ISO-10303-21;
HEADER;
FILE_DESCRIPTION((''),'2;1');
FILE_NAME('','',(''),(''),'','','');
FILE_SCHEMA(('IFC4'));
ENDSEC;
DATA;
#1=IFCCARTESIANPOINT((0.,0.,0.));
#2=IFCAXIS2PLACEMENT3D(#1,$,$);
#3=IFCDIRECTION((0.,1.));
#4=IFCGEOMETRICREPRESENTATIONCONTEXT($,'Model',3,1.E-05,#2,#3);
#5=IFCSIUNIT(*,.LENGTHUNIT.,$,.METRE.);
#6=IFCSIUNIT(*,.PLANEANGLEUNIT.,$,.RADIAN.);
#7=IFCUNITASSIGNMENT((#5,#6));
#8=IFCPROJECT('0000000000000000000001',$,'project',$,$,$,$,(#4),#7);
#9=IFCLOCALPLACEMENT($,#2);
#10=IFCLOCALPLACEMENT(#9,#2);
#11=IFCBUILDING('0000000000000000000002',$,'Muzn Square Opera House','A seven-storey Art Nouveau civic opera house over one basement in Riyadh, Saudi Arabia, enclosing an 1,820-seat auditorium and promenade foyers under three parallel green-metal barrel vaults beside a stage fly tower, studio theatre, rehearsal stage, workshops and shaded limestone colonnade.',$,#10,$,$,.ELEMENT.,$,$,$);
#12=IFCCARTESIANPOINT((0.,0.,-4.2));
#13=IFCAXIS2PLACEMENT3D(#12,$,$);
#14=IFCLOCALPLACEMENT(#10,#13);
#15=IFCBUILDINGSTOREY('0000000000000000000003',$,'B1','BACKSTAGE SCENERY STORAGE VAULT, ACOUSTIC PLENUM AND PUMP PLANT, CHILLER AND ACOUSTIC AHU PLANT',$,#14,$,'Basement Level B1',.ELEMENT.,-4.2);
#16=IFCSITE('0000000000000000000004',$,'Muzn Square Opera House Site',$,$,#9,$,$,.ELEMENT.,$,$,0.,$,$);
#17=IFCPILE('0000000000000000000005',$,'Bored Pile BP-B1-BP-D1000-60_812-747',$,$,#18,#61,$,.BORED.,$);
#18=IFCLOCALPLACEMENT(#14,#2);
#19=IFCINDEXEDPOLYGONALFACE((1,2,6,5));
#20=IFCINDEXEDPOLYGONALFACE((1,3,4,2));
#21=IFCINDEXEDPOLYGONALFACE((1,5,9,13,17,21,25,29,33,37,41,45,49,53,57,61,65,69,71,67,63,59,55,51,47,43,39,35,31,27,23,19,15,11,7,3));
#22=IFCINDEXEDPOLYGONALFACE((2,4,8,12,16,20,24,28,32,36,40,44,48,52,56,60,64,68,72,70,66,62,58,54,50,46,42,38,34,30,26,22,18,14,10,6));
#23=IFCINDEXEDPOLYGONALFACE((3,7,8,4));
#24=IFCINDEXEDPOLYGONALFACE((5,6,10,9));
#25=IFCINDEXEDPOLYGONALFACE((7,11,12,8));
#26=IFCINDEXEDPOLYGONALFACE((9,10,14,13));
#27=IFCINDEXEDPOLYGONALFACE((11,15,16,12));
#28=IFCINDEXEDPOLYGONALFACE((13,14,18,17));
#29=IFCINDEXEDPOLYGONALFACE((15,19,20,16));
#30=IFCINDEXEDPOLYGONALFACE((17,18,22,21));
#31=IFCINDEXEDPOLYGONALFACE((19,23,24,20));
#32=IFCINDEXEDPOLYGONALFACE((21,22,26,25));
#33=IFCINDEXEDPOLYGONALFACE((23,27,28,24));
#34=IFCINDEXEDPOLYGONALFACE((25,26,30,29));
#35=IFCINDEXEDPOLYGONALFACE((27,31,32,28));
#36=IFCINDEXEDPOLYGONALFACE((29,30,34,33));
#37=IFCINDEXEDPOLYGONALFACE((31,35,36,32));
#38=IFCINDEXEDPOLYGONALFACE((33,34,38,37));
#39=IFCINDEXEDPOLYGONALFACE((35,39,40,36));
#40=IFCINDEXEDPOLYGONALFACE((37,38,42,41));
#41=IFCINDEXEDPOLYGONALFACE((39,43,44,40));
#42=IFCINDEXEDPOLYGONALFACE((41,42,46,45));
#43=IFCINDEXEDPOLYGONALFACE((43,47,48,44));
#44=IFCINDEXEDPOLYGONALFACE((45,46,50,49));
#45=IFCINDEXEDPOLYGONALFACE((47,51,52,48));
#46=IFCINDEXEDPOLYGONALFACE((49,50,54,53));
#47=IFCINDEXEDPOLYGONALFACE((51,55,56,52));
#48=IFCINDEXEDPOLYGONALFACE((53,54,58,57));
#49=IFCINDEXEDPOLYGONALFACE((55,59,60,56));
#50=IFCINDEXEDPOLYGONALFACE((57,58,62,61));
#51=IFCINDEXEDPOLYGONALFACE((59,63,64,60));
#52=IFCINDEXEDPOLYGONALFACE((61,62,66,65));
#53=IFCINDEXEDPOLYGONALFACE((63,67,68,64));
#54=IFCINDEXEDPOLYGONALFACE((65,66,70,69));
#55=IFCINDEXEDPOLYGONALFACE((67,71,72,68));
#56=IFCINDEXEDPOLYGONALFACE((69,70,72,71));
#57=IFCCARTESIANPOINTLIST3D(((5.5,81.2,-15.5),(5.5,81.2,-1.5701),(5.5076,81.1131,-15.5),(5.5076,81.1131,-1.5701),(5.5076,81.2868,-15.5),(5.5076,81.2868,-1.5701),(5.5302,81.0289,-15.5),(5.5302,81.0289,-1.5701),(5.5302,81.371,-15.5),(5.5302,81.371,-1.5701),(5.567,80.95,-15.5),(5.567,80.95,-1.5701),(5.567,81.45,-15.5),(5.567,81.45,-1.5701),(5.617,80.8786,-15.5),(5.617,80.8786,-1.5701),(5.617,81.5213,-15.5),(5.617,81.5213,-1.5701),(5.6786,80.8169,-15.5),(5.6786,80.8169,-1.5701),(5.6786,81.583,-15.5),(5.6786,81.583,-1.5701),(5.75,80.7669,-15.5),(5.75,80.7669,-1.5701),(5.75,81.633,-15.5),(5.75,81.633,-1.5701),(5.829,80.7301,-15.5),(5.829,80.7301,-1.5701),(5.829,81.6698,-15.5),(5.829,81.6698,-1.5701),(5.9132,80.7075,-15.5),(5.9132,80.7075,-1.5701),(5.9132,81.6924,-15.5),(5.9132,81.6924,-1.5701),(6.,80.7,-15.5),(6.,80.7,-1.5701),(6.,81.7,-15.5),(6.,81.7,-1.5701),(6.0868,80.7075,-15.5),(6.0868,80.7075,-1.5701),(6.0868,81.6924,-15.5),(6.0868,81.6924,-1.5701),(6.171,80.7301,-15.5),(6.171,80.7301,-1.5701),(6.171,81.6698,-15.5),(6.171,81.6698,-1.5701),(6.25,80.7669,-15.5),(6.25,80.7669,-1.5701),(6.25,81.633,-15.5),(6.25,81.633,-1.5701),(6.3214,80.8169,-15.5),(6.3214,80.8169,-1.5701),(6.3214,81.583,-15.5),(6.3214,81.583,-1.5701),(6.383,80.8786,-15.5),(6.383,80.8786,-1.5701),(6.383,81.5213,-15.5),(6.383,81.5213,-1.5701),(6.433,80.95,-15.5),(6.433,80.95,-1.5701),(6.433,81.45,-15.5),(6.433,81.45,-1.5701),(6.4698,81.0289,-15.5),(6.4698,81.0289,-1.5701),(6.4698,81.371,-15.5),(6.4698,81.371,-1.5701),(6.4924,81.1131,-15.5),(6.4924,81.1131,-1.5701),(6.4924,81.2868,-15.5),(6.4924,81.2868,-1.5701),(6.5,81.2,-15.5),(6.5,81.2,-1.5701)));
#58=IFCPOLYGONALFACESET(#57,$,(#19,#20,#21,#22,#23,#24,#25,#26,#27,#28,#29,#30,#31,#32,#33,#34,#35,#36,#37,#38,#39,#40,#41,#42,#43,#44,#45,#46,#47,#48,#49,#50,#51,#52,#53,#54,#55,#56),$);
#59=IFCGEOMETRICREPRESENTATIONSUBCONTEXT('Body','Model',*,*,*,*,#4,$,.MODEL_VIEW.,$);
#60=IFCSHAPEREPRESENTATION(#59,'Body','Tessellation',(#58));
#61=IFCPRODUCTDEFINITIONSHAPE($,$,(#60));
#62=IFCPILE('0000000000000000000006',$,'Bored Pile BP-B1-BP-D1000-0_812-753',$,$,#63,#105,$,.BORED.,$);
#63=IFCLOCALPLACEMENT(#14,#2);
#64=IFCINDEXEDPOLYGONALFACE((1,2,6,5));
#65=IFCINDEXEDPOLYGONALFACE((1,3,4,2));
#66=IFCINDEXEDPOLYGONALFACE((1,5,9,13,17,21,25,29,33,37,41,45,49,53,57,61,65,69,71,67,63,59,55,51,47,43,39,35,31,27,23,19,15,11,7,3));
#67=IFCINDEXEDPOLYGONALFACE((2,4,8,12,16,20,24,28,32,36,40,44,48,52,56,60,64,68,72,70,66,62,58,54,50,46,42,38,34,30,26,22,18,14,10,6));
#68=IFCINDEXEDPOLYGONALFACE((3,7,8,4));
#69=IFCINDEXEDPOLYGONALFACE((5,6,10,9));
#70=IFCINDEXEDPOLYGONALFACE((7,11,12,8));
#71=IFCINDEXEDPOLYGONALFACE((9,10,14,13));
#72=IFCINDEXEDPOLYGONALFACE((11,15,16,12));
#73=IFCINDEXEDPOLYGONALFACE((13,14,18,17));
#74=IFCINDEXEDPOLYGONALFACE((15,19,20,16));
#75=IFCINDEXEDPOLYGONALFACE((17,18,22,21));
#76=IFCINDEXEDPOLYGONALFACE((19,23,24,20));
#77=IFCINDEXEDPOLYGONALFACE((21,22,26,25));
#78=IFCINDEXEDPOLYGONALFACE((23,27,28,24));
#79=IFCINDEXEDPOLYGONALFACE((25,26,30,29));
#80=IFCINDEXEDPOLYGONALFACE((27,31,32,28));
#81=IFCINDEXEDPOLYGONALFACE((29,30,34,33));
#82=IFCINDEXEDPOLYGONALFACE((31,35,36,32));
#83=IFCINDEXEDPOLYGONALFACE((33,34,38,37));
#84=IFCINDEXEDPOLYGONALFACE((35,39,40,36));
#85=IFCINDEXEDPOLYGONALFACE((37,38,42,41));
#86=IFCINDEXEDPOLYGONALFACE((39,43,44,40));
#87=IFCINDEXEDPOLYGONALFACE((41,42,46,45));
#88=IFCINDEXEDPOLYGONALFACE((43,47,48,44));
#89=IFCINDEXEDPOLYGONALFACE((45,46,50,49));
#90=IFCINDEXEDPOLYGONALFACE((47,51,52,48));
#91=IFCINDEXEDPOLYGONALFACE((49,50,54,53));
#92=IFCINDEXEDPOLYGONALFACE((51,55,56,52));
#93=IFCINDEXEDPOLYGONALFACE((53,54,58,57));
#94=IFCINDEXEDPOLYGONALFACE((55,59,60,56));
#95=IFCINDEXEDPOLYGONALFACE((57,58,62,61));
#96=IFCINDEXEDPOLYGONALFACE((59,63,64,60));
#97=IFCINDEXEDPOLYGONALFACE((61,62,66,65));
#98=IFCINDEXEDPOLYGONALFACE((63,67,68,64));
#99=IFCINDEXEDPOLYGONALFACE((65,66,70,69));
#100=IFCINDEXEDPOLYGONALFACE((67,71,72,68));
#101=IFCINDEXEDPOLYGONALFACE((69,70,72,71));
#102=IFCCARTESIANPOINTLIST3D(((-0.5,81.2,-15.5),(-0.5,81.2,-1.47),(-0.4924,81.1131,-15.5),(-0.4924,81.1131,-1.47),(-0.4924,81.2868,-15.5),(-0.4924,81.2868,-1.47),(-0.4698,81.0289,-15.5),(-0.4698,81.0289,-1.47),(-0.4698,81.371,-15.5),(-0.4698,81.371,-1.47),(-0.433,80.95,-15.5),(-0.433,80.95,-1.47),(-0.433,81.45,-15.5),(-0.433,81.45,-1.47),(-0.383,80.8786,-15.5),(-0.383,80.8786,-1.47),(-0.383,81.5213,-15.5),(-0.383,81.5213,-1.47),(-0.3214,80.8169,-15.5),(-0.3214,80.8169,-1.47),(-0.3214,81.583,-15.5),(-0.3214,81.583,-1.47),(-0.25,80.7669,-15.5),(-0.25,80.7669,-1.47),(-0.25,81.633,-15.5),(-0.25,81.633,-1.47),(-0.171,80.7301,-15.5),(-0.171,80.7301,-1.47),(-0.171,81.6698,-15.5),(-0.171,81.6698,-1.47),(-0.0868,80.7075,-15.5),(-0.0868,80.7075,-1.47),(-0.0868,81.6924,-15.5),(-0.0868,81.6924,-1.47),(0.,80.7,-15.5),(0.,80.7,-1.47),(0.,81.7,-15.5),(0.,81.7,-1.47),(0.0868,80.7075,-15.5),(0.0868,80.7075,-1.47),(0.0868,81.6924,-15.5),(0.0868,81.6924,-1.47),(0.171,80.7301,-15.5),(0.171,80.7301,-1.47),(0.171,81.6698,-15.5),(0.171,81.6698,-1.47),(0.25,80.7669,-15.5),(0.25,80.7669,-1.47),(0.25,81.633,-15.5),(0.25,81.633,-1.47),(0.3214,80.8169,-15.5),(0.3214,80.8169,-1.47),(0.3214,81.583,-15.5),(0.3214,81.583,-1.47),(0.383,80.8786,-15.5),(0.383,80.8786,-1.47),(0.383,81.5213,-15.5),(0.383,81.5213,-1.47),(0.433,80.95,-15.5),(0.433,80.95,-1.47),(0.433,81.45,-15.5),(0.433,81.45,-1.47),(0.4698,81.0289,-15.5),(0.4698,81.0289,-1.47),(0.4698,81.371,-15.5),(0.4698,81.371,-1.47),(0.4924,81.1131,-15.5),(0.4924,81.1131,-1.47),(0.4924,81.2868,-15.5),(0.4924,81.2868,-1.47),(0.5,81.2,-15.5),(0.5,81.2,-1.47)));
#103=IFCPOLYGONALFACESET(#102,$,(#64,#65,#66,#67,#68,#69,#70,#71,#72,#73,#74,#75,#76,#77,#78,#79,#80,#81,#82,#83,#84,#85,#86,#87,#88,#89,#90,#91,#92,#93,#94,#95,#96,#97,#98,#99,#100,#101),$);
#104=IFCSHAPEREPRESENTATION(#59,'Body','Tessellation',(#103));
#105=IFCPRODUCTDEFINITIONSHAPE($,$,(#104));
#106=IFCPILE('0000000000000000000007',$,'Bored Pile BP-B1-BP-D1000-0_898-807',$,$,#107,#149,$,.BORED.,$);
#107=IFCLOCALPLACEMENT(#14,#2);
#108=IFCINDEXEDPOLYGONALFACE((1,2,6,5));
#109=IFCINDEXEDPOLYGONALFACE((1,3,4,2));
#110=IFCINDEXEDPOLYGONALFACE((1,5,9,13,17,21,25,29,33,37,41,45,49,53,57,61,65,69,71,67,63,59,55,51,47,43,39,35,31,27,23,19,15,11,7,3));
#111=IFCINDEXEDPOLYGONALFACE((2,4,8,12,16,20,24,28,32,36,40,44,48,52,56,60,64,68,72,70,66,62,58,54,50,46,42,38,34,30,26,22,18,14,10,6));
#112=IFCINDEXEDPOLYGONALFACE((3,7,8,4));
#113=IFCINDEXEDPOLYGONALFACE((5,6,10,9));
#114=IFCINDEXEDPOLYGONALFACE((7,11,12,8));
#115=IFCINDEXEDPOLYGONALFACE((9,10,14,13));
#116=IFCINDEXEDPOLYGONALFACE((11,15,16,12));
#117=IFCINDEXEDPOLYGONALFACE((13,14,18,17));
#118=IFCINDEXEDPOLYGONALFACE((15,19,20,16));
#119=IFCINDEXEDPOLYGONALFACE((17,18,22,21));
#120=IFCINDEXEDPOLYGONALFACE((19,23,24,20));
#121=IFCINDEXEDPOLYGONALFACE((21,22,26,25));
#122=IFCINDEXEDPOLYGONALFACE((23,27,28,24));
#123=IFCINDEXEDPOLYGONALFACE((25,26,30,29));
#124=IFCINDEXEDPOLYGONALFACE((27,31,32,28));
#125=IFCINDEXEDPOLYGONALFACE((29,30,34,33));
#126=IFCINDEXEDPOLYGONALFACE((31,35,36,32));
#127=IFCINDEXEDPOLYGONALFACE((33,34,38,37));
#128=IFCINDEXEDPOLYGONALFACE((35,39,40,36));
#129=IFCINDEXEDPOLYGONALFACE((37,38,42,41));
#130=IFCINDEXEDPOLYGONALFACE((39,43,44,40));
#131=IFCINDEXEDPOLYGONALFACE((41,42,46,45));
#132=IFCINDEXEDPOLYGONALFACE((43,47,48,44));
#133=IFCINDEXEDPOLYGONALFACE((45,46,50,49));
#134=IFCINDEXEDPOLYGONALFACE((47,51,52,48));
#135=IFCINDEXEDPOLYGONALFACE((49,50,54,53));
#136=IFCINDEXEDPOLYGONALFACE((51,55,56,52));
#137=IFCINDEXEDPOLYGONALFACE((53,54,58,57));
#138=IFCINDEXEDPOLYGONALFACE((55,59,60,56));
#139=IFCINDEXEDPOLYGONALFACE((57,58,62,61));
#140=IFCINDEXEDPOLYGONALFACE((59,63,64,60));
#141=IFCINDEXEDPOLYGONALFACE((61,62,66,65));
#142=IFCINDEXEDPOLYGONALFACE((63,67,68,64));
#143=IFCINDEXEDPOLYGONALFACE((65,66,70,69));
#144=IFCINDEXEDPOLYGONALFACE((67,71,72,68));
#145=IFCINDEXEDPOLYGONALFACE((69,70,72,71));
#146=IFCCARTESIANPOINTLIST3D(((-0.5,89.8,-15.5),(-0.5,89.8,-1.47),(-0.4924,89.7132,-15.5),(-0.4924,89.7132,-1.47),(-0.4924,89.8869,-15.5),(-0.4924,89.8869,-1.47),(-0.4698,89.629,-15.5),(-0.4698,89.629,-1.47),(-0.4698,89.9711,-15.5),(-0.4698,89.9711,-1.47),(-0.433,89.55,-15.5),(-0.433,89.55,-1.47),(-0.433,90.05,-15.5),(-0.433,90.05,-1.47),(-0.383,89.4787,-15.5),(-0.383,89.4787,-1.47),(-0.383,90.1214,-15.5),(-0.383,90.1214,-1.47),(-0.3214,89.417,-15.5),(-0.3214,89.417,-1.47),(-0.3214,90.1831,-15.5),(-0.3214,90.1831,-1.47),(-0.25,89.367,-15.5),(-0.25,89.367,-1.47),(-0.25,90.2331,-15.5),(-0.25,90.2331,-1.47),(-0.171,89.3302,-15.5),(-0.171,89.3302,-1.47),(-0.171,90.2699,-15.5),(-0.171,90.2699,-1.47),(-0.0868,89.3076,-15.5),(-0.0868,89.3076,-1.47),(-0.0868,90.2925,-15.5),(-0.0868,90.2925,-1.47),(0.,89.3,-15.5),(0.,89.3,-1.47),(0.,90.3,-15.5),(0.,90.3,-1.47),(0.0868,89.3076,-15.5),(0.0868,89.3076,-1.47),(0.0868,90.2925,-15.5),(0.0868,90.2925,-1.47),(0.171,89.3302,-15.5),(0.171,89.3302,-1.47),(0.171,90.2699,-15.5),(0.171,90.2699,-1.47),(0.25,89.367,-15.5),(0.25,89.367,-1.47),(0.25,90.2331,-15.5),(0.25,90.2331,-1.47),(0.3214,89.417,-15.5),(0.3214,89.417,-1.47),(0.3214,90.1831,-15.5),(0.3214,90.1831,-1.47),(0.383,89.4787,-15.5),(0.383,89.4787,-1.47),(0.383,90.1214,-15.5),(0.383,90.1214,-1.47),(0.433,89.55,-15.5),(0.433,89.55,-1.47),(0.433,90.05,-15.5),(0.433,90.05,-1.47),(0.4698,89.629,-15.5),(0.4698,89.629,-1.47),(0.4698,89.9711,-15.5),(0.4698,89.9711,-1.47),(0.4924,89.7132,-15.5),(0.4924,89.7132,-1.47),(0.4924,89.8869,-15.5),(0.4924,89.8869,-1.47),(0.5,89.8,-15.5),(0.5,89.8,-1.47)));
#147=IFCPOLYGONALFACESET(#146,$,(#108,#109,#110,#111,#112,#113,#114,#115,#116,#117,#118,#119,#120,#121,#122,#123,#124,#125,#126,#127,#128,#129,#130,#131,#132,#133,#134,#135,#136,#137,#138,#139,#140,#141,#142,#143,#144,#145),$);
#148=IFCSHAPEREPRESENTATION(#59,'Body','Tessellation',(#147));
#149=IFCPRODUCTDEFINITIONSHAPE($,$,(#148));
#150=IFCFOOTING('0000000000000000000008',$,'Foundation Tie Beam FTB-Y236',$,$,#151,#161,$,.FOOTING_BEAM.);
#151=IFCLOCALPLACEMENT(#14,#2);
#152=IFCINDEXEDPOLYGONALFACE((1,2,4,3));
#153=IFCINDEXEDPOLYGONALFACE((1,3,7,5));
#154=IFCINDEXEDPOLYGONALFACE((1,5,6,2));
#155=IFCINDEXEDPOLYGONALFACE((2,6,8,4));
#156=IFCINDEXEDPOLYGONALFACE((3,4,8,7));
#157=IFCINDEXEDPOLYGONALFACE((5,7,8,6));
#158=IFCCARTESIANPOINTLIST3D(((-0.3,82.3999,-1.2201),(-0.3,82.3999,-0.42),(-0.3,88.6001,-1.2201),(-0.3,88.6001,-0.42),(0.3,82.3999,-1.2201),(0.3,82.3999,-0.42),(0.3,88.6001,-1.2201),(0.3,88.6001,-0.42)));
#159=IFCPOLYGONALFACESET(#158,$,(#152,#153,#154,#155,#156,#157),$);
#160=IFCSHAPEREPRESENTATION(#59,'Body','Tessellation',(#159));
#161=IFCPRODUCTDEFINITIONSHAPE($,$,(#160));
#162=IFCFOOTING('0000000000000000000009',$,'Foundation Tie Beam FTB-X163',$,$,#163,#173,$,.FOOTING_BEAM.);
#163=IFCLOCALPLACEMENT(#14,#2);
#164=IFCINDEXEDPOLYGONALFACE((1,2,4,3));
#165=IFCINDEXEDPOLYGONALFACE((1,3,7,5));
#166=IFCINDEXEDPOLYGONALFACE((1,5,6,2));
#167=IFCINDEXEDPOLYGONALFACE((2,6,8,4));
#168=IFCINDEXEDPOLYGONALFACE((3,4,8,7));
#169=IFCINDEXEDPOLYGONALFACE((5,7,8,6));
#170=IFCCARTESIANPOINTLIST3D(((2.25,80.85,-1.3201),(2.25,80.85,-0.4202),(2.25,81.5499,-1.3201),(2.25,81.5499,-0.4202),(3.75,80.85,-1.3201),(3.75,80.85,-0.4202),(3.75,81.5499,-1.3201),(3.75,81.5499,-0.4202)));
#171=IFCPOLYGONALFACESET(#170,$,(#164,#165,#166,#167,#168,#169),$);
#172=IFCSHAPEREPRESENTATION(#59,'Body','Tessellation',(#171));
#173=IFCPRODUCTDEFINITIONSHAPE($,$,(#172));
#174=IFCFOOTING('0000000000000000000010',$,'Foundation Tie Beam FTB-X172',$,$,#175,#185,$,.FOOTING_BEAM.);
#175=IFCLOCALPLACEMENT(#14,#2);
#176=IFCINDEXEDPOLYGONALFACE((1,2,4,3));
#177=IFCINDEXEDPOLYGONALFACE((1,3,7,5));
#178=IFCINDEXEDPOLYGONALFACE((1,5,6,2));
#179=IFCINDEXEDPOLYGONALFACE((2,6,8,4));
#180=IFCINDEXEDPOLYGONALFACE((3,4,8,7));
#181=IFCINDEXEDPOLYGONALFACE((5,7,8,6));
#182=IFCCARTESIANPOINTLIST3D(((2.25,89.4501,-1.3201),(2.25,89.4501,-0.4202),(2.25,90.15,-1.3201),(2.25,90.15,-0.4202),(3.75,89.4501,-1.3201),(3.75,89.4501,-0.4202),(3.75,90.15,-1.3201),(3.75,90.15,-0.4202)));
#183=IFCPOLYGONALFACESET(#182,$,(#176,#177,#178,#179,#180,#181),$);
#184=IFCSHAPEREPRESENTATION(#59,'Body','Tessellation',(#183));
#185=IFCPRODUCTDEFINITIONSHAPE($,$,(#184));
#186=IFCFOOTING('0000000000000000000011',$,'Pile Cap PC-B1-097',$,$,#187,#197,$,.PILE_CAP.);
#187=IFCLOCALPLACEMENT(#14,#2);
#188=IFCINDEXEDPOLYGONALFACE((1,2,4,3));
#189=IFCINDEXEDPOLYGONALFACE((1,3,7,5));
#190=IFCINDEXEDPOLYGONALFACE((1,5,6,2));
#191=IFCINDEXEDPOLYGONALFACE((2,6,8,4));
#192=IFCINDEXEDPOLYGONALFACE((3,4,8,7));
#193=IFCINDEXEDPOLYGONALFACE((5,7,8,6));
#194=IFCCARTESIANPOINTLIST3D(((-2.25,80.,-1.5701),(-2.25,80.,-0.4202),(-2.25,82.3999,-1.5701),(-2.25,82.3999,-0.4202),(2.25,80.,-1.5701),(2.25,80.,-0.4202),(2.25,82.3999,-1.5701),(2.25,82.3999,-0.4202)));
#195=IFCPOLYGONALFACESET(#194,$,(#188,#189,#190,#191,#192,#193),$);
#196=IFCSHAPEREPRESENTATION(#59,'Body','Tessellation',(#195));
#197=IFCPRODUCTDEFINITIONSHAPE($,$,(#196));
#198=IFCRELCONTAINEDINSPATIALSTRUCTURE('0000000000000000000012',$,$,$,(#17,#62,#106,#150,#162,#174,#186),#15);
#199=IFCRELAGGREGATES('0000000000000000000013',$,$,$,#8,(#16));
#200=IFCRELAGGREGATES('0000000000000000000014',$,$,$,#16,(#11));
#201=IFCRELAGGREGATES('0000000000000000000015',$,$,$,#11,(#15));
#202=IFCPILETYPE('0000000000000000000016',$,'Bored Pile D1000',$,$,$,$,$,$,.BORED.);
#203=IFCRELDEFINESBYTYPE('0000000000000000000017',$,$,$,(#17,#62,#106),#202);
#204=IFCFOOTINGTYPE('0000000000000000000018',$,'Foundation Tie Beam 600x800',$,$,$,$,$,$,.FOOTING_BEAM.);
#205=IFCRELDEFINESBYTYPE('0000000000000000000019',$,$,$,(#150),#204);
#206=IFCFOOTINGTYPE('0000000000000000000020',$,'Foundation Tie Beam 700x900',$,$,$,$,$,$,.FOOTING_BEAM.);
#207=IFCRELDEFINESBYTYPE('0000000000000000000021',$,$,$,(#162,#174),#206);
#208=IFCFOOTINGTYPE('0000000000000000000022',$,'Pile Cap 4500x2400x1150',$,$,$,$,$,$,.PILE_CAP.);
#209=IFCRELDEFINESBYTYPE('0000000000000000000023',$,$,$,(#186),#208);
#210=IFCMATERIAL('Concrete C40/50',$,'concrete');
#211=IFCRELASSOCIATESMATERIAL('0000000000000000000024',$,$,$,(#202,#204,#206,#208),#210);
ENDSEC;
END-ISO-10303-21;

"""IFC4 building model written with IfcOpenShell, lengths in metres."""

from ifc_helpers import new_model, si_unit, direction, frame, origin, origin_2d, place, context, subcontext, project, spatial, rectangle, circle, extrude, material, material_profile, profile_set, type_object, element, save


model = new_model("IFC4")

# Units and contexts
model_context = context("Model", 3, precision=1e-05, world=origin(), true_north=direction((0.0, 1.0)))
body_context = subcontext(model_context, "Body", "Model", "MODEL_VIEW")
ifc_project = project(units=[si_unit("LENGTHUNIT", "METRE"), si_unit("PLANEANGLEUNIT", "RADIAN")], contexts=[model_context])

# Site, building, storey
site_placement = place(None, origin())
site = spatial("IfcSite", under=ifc_project, at=site_placement, Name="Muzn Square Opera House Site", CompositionType="ELEMENT", RefElevation=0.0)
building_placement = place(site_placement, origin())
building = spatial("IfcBuilding", under=site, at=building_placement, Name="Muzn Square Opera House", Description="A seven-storey Art Nouveau civic opera house over one basement in Riyadh, Saudi Arabia, enclosing an 1,820-seat auditorium and promenade foyers under three parallel green-metal barrel vaults beside a stage fly tower, studio theatre, rehearsal stage, workshops and shaded limestone colonnade.", CompositionType="ELEMENT")
storey_placement = place(building_placement, frame((0.0, 0.0, -4.2)))
storey = spatial("IfcBuildingStorey", under=building, at=storey_placement, Name="B1", Description="BACKSTAGE SCENERY STORAGE VAULT, ACOUSTIC PLENUM AND PUMP PLANT, CHILLER AND ACOUSTIC AHU PLANT", LongName="Basement Level B1", CompositionType="ELEMENT", Elevation=-4.2)

# Piles
ifc_material_1 = material(Name="Concrete C40/50", Category="concrete")
ifc_material_profile_1 = material_profile(ifc_material_1, circle(Radius=0.5, at=origin_2d()), Name="BORED PILE D1000", Category="concrete")
ifc_profile_set_1 = profile_set([ifc_material_profile_1], Name="Concrete C40/50")
pile_type = type_object("IfcPileType", Name="Bored Pile D1000", PredefinedType="BORED", material=ifc_profile_set_1)
pile_placement = place(storey_placement, frame((6.0, 81.2, -1.5701), z_axis=(0.0, 0.0, -1.0), x_axis=(1.0, 0.0, 0.0)))
element("IfcPile", 1, at=pile_placement, inside=storey, type_object=pile_type, Name="Bored Pile BP-B1-BP-D1000-60_812-747", PredefinedType="BORED", context=body_context, shape_type="SweptSolid", body=[
    extrude(circle(Radius=0.5, at=origin_2d()), origin(), (0.0, 0.0, 1.0), 13.9299),
])
for number, where, z_axis, x_axis, name in (
    (2, (0.0, 81.2, -1.47), (0.0, 0.0, -1.0), (1.0, 0.0, 0.0), "Bored Pile BP-B1-BP-D1000-0_812-753"),
    (3, (0.0, 89.8, -1.47), (0.0, 0.0, -1.0), (1.0, 0.0, 0.0), "Bored Pile BP-B1-BP-D1000-0_898-807"),
):
    element("IfcPile", number, at=place(storey_placement, frame(where, z_axis=z_axis, x_axis=x_axis)), inside=storey, type_object=pile_type, Name=name, PredefinedType="BORED", context=body_context, shape_type="SweptSolid", body=[
        extrude(circle(Radius=0.5, at=origin_2d()), origin(), (0.0, 0.0, 1.0), 14.03),
    ])

# Footings
ifc_material_profile_2 = material_profile(ifc_material_1, rectangle(XDim=0.6001, YDim=0.8, at=origin_2d()), Name="RCTB 600x800", Category="concrete")
ifc_profile_set_2 = profile_set([ifc_material_profile_2], Name="Concrete C40/50")
footing_type_1 = type_object("IfcFootingType", Name="Foundation Tie Beam 600x800", PredefinedType="FOOTING_BEAM", material=ifc_profile_set_2)
footing_1_placement = place(storey_placement, frame((0.0, 82.3999, -0.8201), z_axis=(0.0, 1.0, 0.0), x_axis=(-1.0, 0.0, 0.0)))
element("IfcFooting", 4, at=footing_1_placement, inside=storey, type_object=footing_type_1, Name="Foundation Tie Beam FTB-Y236", PredefinedType="FOOTING_BEAM", context=body_context, shape_type="SweptSolid", body=[
    extrude(rectangle(XDim=0.6001, YDim=0.8, at=origin_2d()), origin(), (0.0, 0.0, 1.0), 6.2002),
])
ifc_material_profile_3 = material_profile(ifc_material_1, rectangle(XDim=0.7, YDim=0.8999, at=origin_2d()), Name="RCTB 700x900", Category="concrete")
ifc_profile_set_3 = profile_set([ifc_material_profile_3], Name="Concrete C40/50")
footing_type_2 = type_object("IfcFootingType", Name="Foundation Tie Beam 700x900", PredefinedType="FOOTING_BEAM", material=ifc_profile_set_3)
for number, where, z_axis, x_axis, name in (
    (5, (2.25, 81.2, -0.8701), (1.0, 0.0, 0.0), (0.0, 1.0, 0.0), "Foundation Tie Beam FTB-X163"),
    (6, (2.25, 89.8, -0.8701), (1.0, 0.0, 0.0), (0.0, 1.0, 0.0), "Foundation Tie Beam FTB-X172"),
):
    element("IfcFooting", number, at=place(storey_placement, frame(where, z_axis=z_axis, x_axis=x_axis)), inside=storey, type_object=footing_type_2, Name=name, PredefinedType="FOOTING_BEAM", context=body_context, shape_type="SweptSolid", body=[
        extrude(rectangle(XDim=0.7, YDim=0.8999, at=origin_2d()), origin(), (0.0, 0.0, 1.0), 1.5),
    ])
footing_type_3 = type_object("IfcFootingType", Name="Pile Cap 4500x2400x1150", PredefinedType="PILE_CAP", material=ifc_material_1)
for number, where, z_axis, x_axis, name in (
    (7, (0.0, 81.2, -1.5701), (0.0, 0.0, 1.0), (1.0, 0.0, 0.0), "Pile Cap PC-B1-097"),
):
    element("IfcFooting", number, at=place(storey_placement, frame(where, z_axis=z_axis, x_axis=x_axis)), inside=storey, type_object=footing_type_3, Name=name, PredefinedType="PILE_CAP", context=body_context, shape_type="SweptSolid", body=[
        extrude(rectangle(XDim=4.5, YDim=2.3999, at=origin_2d()), origin(), (0.0, 0.0, 1.0), 1.1499),
    ])

save(model, "model.ifc")
